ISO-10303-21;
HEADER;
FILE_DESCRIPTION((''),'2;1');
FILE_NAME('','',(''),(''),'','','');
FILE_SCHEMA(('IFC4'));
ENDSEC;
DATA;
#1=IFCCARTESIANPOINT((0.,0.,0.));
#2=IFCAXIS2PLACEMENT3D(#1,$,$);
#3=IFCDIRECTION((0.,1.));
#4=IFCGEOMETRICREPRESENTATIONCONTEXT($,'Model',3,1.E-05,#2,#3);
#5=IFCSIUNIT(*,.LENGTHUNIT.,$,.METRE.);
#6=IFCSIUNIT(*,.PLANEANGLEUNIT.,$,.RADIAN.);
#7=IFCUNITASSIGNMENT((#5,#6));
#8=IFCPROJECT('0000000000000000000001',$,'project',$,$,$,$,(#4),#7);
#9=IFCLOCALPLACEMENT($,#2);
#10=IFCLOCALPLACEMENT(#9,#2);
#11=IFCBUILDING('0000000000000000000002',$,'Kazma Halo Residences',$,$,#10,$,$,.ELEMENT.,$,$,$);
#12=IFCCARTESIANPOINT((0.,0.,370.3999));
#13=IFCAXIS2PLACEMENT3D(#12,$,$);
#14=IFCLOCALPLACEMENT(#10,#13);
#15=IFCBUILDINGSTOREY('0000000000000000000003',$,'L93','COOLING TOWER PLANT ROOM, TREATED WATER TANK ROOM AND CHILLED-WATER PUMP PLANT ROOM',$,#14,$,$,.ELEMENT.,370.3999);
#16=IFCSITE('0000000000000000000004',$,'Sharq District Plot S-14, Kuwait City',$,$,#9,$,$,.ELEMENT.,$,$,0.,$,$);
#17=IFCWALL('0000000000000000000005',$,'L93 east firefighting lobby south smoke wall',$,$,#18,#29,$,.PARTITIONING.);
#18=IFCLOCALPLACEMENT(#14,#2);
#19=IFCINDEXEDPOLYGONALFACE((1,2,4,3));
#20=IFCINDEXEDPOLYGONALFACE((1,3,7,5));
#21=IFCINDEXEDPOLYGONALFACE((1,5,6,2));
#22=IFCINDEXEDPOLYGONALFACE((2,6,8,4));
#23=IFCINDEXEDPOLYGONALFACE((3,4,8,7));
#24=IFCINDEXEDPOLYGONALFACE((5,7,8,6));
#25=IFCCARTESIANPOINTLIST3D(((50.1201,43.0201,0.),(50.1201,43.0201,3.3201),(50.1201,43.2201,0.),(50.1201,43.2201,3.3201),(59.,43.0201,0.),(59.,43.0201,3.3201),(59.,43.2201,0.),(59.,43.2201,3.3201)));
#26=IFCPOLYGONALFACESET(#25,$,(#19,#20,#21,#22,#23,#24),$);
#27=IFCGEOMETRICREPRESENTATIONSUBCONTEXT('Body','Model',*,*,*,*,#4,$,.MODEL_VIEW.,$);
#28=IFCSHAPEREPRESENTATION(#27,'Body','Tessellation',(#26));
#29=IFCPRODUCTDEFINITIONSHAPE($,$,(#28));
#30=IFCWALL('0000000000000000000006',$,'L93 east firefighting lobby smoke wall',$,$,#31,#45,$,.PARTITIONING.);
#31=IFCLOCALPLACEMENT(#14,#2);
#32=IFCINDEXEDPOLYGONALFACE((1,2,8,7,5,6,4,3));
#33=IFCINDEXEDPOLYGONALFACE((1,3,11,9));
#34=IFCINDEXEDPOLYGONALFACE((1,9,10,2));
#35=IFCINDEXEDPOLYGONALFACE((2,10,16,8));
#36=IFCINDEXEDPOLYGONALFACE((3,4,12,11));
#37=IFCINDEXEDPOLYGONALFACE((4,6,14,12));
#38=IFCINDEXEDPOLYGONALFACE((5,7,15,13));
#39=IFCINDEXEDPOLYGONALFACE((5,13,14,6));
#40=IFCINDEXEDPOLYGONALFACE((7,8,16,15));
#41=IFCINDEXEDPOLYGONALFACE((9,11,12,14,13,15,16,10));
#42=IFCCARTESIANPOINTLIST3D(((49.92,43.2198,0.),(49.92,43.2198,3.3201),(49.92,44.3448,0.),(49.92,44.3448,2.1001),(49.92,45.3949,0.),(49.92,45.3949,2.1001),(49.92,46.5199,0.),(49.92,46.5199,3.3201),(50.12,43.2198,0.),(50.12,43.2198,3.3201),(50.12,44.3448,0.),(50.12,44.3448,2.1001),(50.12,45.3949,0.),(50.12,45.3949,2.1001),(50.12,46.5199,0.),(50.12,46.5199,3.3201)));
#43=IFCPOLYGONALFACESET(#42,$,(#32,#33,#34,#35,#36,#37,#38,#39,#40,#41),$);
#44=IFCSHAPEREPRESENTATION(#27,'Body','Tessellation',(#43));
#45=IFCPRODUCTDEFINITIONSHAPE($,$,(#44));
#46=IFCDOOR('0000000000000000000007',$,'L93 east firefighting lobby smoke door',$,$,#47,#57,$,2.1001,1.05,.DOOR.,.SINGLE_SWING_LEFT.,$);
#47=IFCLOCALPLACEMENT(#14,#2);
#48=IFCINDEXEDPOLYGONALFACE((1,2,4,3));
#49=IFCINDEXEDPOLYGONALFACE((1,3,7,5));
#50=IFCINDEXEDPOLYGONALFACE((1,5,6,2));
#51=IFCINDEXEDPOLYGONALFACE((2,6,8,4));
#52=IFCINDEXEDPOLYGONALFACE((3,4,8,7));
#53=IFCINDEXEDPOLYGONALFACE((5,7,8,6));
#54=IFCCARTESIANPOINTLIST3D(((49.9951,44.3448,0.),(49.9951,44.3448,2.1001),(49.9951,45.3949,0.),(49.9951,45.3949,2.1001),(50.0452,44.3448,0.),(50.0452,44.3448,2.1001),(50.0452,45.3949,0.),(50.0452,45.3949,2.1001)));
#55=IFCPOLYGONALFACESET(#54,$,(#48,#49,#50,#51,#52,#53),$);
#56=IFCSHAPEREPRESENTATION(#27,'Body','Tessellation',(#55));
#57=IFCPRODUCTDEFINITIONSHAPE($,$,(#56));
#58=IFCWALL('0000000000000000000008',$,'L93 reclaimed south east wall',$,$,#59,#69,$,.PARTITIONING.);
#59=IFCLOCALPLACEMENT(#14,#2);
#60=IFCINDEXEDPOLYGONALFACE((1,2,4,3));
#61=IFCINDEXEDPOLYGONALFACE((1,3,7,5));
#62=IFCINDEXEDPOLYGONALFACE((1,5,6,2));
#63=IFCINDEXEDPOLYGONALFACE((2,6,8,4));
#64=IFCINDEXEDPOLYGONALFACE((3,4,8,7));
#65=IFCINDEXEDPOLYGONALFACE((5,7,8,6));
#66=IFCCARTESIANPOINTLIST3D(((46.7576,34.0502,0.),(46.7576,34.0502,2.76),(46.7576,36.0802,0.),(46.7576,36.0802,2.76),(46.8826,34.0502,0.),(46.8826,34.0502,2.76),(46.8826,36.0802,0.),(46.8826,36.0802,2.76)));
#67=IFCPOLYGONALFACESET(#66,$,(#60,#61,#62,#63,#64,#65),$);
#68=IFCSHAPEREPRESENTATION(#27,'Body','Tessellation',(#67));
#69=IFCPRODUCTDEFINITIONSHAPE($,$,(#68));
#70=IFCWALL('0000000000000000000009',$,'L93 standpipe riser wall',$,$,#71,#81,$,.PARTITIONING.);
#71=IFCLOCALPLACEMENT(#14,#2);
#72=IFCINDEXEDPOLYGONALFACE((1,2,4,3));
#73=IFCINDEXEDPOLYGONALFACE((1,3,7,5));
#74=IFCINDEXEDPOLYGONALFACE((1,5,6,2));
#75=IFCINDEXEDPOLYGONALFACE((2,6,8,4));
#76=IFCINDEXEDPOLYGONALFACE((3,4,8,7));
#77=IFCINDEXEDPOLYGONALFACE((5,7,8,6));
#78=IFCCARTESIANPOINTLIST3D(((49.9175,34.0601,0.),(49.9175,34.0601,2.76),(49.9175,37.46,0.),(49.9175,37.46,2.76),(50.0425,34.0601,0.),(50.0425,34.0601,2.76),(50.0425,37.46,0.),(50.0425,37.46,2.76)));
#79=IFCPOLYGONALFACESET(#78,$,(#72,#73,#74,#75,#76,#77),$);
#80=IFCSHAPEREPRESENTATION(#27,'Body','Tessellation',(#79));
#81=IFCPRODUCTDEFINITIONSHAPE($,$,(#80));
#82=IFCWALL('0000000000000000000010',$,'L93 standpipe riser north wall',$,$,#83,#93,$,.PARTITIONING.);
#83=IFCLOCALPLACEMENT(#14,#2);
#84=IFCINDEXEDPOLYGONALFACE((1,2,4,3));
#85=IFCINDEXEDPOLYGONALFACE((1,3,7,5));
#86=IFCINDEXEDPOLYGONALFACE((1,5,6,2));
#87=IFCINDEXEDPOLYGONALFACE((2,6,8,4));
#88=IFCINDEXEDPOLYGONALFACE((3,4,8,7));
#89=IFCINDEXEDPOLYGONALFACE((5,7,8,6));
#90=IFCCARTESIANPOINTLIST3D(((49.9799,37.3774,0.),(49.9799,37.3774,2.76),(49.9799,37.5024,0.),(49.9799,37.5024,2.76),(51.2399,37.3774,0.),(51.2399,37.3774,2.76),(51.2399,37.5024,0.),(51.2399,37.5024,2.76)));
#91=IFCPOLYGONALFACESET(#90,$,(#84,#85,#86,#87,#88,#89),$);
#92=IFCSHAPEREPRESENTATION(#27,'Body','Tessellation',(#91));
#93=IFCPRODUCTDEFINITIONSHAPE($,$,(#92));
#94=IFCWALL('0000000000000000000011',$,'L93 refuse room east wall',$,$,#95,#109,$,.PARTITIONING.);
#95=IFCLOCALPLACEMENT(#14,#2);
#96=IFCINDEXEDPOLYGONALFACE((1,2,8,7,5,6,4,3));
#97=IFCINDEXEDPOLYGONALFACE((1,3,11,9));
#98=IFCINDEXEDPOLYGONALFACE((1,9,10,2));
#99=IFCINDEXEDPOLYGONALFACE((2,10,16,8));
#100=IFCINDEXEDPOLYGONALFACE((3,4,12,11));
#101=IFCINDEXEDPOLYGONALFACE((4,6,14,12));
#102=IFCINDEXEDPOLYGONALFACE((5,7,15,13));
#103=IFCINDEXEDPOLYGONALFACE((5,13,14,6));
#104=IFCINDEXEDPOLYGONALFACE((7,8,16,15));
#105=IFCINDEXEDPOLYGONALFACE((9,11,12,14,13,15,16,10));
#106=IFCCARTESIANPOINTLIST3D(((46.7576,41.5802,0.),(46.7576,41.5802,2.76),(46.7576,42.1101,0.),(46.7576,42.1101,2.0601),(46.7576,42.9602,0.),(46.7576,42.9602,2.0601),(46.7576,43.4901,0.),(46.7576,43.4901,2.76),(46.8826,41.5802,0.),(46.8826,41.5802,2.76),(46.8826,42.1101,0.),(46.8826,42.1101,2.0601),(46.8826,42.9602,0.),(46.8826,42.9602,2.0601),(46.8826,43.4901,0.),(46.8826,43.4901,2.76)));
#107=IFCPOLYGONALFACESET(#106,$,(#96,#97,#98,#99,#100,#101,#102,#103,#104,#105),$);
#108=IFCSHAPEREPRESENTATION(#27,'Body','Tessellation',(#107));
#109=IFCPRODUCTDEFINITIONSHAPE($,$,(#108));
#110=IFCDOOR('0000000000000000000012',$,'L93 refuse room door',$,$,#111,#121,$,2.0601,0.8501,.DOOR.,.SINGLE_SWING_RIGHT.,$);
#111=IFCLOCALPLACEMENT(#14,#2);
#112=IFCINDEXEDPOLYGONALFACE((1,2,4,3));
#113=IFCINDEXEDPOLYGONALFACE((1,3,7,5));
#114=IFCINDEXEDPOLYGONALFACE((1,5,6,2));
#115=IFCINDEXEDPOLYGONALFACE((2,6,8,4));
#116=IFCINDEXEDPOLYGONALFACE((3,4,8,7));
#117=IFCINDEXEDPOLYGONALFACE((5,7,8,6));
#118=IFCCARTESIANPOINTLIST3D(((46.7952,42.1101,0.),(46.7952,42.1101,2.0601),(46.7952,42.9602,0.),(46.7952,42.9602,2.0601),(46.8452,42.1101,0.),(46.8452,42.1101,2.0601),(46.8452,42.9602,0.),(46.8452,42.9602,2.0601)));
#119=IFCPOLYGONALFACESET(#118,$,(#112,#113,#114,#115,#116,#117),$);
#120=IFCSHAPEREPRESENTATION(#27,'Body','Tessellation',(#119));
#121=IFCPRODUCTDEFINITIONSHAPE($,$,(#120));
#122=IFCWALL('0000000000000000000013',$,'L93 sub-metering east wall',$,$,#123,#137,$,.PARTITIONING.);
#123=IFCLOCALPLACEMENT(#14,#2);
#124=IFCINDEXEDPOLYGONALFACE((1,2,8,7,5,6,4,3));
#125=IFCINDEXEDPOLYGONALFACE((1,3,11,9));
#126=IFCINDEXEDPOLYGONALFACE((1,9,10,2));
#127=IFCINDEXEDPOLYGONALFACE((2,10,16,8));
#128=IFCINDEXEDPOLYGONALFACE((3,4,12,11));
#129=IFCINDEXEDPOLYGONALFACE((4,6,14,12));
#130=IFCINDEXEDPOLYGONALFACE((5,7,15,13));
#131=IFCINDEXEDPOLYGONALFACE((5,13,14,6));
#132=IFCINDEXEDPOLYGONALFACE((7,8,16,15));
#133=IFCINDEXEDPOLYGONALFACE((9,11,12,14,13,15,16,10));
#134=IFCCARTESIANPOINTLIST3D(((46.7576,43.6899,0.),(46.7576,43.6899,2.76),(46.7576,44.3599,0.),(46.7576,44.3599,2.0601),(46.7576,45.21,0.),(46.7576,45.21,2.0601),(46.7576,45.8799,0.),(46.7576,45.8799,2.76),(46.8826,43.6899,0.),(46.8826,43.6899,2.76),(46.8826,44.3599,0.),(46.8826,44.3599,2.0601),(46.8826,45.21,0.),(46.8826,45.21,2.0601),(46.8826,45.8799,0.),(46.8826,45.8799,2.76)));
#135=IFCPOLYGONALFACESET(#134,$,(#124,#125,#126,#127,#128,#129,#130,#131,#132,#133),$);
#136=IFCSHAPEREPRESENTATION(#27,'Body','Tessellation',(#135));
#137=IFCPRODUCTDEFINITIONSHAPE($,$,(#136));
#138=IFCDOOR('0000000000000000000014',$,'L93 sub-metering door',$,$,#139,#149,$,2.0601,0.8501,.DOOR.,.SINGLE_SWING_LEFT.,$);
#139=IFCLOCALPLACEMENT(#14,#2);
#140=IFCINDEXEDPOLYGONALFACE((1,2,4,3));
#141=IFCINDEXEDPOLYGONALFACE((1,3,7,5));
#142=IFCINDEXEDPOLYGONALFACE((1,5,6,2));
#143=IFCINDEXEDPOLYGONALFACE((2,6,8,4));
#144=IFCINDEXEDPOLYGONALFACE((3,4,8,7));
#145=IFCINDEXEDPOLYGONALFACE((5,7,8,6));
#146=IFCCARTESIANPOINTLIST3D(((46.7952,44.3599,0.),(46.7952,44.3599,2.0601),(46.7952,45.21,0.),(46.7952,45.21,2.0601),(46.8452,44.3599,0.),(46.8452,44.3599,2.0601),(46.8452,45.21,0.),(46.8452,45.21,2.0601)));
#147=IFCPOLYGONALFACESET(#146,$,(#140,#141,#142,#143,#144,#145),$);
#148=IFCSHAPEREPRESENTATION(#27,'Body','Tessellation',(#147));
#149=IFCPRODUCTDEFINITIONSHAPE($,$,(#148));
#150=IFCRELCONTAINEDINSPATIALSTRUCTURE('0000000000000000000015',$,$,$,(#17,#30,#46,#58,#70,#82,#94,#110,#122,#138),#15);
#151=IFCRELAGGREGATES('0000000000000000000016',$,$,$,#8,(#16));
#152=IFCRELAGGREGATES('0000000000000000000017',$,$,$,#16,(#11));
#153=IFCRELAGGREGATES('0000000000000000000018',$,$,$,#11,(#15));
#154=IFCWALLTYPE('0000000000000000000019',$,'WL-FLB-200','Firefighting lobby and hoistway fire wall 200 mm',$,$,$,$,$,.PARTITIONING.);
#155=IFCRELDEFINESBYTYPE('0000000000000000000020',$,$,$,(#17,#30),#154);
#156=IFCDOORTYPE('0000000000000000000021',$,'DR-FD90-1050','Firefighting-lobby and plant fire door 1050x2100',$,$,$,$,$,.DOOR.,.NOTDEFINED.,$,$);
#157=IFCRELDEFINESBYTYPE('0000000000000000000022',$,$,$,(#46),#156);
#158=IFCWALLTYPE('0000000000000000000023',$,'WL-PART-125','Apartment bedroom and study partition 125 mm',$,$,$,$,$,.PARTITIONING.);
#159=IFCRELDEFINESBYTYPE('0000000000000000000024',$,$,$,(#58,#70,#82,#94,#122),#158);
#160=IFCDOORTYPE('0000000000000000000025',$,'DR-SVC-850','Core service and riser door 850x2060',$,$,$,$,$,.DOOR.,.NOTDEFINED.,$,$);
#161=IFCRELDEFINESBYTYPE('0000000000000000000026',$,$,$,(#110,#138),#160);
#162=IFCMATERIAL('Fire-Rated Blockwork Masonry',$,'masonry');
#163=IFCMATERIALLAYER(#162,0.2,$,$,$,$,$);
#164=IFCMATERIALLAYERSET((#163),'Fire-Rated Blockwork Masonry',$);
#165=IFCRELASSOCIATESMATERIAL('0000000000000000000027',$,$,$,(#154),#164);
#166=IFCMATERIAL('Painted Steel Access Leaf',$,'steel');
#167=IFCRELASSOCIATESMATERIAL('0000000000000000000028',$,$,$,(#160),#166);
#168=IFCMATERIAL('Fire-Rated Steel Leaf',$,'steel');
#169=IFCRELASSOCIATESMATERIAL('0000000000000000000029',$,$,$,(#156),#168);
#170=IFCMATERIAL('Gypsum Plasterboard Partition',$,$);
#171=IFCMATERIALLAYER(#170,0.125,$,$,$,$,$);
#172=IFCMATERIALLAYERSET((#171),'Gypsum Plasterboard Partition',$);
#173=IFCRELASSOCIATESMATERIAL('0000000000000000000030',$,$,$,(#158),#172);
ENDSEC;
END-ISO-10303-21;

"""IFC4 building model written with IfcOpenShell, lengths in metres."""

from ifc_helpers import new_model, si_unit, direction, frame, frame_2d, origin, place, context, subcontext, project, spatial, rectangle, extrude, material, layer, layer_set, type_object, element, fill, save


model = new_model("IFC4")

# Units and contexts
model_context = context("Model", 3, precision=1e-05, world=origin(), true_north=direction((0.0, 1.0)))
body_context = subcontext(model_context, "Body", "Model", "MODEL_VIEW")
ifc_project = project(units=[si_unit("LENGTHUNIT", "METRE"), si_unit("PLANEANGLEUNIT", "RADIAN")], contexts=[model_context])

# Site, building, storey
site_placement = place(None, origin())
site = spatial("IfcSite", under=ifc_project, at=site_placement, Name="Sharq District Plot S-14, Kuwait City", CompositionType="ELEMENT", RefElevation=0.0)
building_placement = place(site_placement, origin())
building = spatial("IfcBuilding", under=site, at=building_placement, Name="Kazma Halo Residences", CompositionType="ELEMENT")
storey_placement = place(building_placement, frame((0.0, 0.0, 370.3999)))
storey = spatial("IfcBuildingStorey", under=building, at=storey_placement, Name="L93", Description="COOLING TOWER PLANT ROOM, TREATED WATER TANK ROOM AND CHILLED-WATER PUMP PLANT ROOM", CompositionType="ELEMENT", Elevation=370.3999)

# Shared definitions
ifc_material_1 = material(Name="Fire-Rated Blockwork Masonry", Category="masonry")
ifc_layer_1 = layer(ifc_material_1, 0.2)
ifc_layer_set_1 = layer_set([ifc_layer_1], Name="Fire-Rated Blockwork Masonry")
wall_type_1 = type_object("IfcWallType", Name="WL-FLB-200", Description="Firefighting lobby and hoistway fire wall 200 mm", PredefinedType="PARTITIONING", material=ifc_layer_set_1)
ifc_material_2 = material(Name="Painted Steel Access Leaf", Category="steel")
door_type_1 = type_object("IfcDoorType", Name="DR-SVC-850", Description="Core service and riser door 850x2060", OperationType="NOTDEFINED", PredefinedType="DOOR", material=ifc_material_2)

# Shared definitions
ifc_material_3 = material(Name="Fire-Rated Steel Leaf", Category="steel")
door_type_2 = type_object("IfcDoorType", Name="DR-FD90-1050", Description="Firefighting-lobby and plant fire door 1050x2100", OperationType="NOTDEFINED", PredefinedType="DOOR", material=ifc_material_3)

# Wall
wall_1_placement = place(storey_placement, frame((50.1201, 43.1201, 0.0), z_axis=(0.0, 0.0, 1.0), x_axis=(1.0, 0.0, 0.0)))
element("IfcWall", 1, at=wall_1_placement, inside=storey, type_object=wall_type_1, Name="L93 east firefighting lobby south smoke wall", PredefinedType="PARTITIONING", context=body_context, shape_type="SweptSolid", body=[
    extrude(rectangle(XDim=8.8799, YDim=0.2, at=frame_2d((4.4399, 0.0))), origin(), (0.0, 0.0, 1.0), 3.3201),
])

# Wall, opening, door
wall_2_placement = place(storey_placement, frame((50.02, 43.22, 0.0), z_axis=(0.0, 0.0, 1.0), x_axis=(0.0, 1.0, 0.0)))
wall_2 = element("IfcWall", 2, at=wall_2_placement, inside=storey, type_object=wall_type_1, Name="L93 east firefighting lobby smoke wall", PredefinedType="PARTITIONING", context=body_context, shape_type="SweptSolid", body=[
    extrude(rectangle(XDim=3.3, YDim=0.2, at=frame_2d((1.6499, 0.0))), origin(), (0.0, 0.0, 1.0), 3.3201),
])
opening_1_placement = place(wall_2_placement, frame((1.125, 0.0, 0.0)))
opening_1 = element("IfcOpeningElement", 3, at=opening_1_placement, cuts=wall_2, PredefinedType="OPENING", context=body_context, shape_type="SweptSolid", body=[
    extrude(rectangle(XDim=1.05, YDim=2.1001, at=frame_2d((0.5249, 1.05))), frame((0.0, 0.1099, 0.0), z_axis=(0.0, -1.0, 0.0), x_axis=(1.0, 0.0, 0.0)), (0.0, 0.0, 1.0), 0.22),
])
door_1_placement = place(opening_1_placement, origin())
door_1 = element("IfcDoor", 4, at=door_1_placement, inside=storey, type_object=door_type_2, Name="L93 east firefighting lobby smoke door", OperationType="SINGLE_SWING_LEFT", OverallHeight=2.1001, OverallWidth=1.05, PredefinedType="DOOR", context=body_context, shape_type="SweptSolid", body=[
    extrude(rectangle(XDim=1.05, YDim=2.1001, at=frame_2d((0.5249, 1.05))), frame((0.0, 0.0249, 0.0), z_axis=(0.0, -1.0, 0.0), x_axis=(1.0, 0.0, 0.0)), (0.0, 0.0, 1.0), 0.05),
])
fill(opening_1, door_1)

# Walls
ifc_material_4 = material(Name="Gypsum Plasterboard Partition")
ifc_layer_2 = layer(ifc_material_4, 0.125)
ifc_layer_set_2 = layer_set([ifc_layer_2], Name="Gypsum Plasterboard Partition")
wall_type_2 = type_object("IfcWallType", Name="WL-PART-125", Description="Apartment bedroom and study partition 125 mm", PredefinedType="PARTITIONING", material=ifc_layer_set_2)
wall_3_placement = place(storey_placement, frame((46.8201, 34.05, 0.0), z_axis=(0.0, 0.0, 1.0), x_axis=(0.0, 1.0, 0.0)))
element("IfcWall", 5, at=wall_3_placement, inside=storey, type_object=wall_type_2, Name="L93 reclaimed south east wall", PredefinedType="PARTITIONING", context=body_context, shape_type="SweptSolid", body=[
    extrude(rectangle(XDim=2.03, YDim=0.125, at=frame_2d((1.0151, 0.0))), origin(), (0.0, 0.0, 1.0), 2.76),
])
wall_4_placement = place(storey_placement, frame((49.98, 34.0601, 0.0), z_axis=(0.0, 0.0, 1.0), x_axis=(0.0, 1.0, 0.0)))
element("IfcWall", 6, at=wall_4_placement, inside=storey, type_object=wall_type_2, Name="L93 standpipe riser wall", PredefinedType="PARTITIONING", context=body_context, shape_type="SweptSolid", body=[
    extrude(rectangle(XDim=3.3999, YDim=0.125, at=frame_2d((1.7, 0.0))), origin(), (0.0, 0.0, 1.0), 2.76),
])
wall_5_placement = place(storey_placement, frame((49.98, 37.4399, 0.0), z_axis=(0.0, 0.0, 1.0), x_axis=(1.0, 0.0, 0.0)))
element("IfcWall", 7, at=wall_5_placement, inside=storey, type_object=wall_type_2, Name="L93 standpipe riser north wall", PredefinedType="PARTITIONING", context=body_context, shape_type="SweptSolid", body=[
    extrude(rectangle(XDim=1.26, YDim=0.125, at=frame_2d((0.6299, 0.0))), origin(), (0.0, 0.0, 1.0), 2.76),
])

# Walls, openings, doors
wall_6_placement = place(storey_placement, frame((46.8201, 41.5801, 0.0), z_axis=(0.0, 0.0, 1.0), x_axis=(0.0, 1.0, 0.0)))
wall_6 = element("IfcWall", 8, at=wall_6_placement, inside=storey, type_object=wall_type_2, Name="L93 refuse room east wall", PredefinedType="PARTITIONING", context=body_context, shape_type="SweptSolid", body=[
    extrude(rectangle(XDim=1.9099, YDim=0.125, at=frame_2d((0.9551, 0.0))), origin(), (0.0, 0.0, 1.0), 2.76),
])
opening_2_placement = place(wall_6_placement, frame((0.53, 0.0, 0.0)))
opening_2 = element("IfcOpeningElement", 9, at=opening_2_placement, cuts=wall_6, PredefinedType="OPENING", context=body_context, shape_type="SweptSolid", body=[
    extrude(rectangle(XDim=0.8501, YDim=2.0601, at=frame_2d((0.425, 1.03))), frame((0.0, 0.0725, 0.0), z_axis=(0.0, -1.0, 0.0), x_axis=(1.0, 0.0, 0.0)), (0.0, 0.0, 1.0), 0.145),
])
door_2_placement = place(opening_2_placement, origin())
door_2 = element("IfcDoor", 10, at=door_2_placement, inside=storey, type_object=door_type_1, Name="L93 refuse room door", OperationType="SINGLE_SWING_RIGHT", OverallHeight=2.0601, OverallWidth=0.8501, PredefinedType="DOOR", context=body_context, shape_type="SweptSolid", body=[
    extrude(rectangle(XDim=0.8501, YDim=2.0601, at=frame_2d((0.425, 1.03))), frame((0.0, 0.0249, 0.0), z_axis=(0.0, -1.0, 0.0), x_axis=(1.0, 0.0, 0.0)), (0.0, 0.0, 1.0), 0.05),
])
fill(opening_2, door_2)
wall_7_placement = place(storey_placement, frame((46.8201, 43.6899, 0.0), z_axis=(0.0, 0.0, 1.0), x_axis=(0.0, 1.0, 0.0)))
wall_7 = element("IfcWall", 11, at=wall_7_placement, inside=storey, type_object=wall_type_2, Name="L93 sub-metering east wall", PredefinedType="PARTITIONING", context=body_context, shape_type="SweptSolid", body=[
    extrude(rectangle(XDim=2.1899, YDim=0.125, at=frame_2d((1.095, 0.0))), origin(), (0.0, 0.0, 1.0), 2.76),
])
opening_3_placement = place(wall_7_placement, frame((0.6699, 0.0, 0.0)))
opening_3 = element("IfcOpeningElement", 12, at=opening_3_placement, cuts=wall_7, PredefinedType="OPENING", context=body_context, shape_type="SweptSolid", body=[
    extrude(rectangle(XDim=0.8501, YDim=2.0601, at=frame_2d((0.425, 1.03))), frame((0.0, 0.0725, 0.0), z_axis=(0.0, -1.0, 0.0), x_axis=(1.0, 0.0, 0.0)), (0.0, 0.0, 1.0), 0.145),
])
door_3_placement = place(opening_3_placement, origin())
door_3 = element("IfcDoor", 13, at=door_3_placement, inside=storey, type_object=door_type_1, Name="L93 sub-metering door", OperationType="SINGLE_SWING_LEFT", OverallHeight=2.0601, OverallWidth=0.8501, PredefinedType="DOOR", context=body_context, shape_type="SweptSolid", body=[
    extrude(rectangle(XDim=0.8501, YDim=2.0601, at=frame_2d((0.425, 1.03))), frame((0.0, 0.0249, 0.0), z_axis=(0.0, -1.0, 0.0), x_axis=(1.0, 0.0, 0.0)), (0.0, 0.0, 1.0), 0.05),
])
fill(opening_3, door_3)

save(model, "model.ifc")
